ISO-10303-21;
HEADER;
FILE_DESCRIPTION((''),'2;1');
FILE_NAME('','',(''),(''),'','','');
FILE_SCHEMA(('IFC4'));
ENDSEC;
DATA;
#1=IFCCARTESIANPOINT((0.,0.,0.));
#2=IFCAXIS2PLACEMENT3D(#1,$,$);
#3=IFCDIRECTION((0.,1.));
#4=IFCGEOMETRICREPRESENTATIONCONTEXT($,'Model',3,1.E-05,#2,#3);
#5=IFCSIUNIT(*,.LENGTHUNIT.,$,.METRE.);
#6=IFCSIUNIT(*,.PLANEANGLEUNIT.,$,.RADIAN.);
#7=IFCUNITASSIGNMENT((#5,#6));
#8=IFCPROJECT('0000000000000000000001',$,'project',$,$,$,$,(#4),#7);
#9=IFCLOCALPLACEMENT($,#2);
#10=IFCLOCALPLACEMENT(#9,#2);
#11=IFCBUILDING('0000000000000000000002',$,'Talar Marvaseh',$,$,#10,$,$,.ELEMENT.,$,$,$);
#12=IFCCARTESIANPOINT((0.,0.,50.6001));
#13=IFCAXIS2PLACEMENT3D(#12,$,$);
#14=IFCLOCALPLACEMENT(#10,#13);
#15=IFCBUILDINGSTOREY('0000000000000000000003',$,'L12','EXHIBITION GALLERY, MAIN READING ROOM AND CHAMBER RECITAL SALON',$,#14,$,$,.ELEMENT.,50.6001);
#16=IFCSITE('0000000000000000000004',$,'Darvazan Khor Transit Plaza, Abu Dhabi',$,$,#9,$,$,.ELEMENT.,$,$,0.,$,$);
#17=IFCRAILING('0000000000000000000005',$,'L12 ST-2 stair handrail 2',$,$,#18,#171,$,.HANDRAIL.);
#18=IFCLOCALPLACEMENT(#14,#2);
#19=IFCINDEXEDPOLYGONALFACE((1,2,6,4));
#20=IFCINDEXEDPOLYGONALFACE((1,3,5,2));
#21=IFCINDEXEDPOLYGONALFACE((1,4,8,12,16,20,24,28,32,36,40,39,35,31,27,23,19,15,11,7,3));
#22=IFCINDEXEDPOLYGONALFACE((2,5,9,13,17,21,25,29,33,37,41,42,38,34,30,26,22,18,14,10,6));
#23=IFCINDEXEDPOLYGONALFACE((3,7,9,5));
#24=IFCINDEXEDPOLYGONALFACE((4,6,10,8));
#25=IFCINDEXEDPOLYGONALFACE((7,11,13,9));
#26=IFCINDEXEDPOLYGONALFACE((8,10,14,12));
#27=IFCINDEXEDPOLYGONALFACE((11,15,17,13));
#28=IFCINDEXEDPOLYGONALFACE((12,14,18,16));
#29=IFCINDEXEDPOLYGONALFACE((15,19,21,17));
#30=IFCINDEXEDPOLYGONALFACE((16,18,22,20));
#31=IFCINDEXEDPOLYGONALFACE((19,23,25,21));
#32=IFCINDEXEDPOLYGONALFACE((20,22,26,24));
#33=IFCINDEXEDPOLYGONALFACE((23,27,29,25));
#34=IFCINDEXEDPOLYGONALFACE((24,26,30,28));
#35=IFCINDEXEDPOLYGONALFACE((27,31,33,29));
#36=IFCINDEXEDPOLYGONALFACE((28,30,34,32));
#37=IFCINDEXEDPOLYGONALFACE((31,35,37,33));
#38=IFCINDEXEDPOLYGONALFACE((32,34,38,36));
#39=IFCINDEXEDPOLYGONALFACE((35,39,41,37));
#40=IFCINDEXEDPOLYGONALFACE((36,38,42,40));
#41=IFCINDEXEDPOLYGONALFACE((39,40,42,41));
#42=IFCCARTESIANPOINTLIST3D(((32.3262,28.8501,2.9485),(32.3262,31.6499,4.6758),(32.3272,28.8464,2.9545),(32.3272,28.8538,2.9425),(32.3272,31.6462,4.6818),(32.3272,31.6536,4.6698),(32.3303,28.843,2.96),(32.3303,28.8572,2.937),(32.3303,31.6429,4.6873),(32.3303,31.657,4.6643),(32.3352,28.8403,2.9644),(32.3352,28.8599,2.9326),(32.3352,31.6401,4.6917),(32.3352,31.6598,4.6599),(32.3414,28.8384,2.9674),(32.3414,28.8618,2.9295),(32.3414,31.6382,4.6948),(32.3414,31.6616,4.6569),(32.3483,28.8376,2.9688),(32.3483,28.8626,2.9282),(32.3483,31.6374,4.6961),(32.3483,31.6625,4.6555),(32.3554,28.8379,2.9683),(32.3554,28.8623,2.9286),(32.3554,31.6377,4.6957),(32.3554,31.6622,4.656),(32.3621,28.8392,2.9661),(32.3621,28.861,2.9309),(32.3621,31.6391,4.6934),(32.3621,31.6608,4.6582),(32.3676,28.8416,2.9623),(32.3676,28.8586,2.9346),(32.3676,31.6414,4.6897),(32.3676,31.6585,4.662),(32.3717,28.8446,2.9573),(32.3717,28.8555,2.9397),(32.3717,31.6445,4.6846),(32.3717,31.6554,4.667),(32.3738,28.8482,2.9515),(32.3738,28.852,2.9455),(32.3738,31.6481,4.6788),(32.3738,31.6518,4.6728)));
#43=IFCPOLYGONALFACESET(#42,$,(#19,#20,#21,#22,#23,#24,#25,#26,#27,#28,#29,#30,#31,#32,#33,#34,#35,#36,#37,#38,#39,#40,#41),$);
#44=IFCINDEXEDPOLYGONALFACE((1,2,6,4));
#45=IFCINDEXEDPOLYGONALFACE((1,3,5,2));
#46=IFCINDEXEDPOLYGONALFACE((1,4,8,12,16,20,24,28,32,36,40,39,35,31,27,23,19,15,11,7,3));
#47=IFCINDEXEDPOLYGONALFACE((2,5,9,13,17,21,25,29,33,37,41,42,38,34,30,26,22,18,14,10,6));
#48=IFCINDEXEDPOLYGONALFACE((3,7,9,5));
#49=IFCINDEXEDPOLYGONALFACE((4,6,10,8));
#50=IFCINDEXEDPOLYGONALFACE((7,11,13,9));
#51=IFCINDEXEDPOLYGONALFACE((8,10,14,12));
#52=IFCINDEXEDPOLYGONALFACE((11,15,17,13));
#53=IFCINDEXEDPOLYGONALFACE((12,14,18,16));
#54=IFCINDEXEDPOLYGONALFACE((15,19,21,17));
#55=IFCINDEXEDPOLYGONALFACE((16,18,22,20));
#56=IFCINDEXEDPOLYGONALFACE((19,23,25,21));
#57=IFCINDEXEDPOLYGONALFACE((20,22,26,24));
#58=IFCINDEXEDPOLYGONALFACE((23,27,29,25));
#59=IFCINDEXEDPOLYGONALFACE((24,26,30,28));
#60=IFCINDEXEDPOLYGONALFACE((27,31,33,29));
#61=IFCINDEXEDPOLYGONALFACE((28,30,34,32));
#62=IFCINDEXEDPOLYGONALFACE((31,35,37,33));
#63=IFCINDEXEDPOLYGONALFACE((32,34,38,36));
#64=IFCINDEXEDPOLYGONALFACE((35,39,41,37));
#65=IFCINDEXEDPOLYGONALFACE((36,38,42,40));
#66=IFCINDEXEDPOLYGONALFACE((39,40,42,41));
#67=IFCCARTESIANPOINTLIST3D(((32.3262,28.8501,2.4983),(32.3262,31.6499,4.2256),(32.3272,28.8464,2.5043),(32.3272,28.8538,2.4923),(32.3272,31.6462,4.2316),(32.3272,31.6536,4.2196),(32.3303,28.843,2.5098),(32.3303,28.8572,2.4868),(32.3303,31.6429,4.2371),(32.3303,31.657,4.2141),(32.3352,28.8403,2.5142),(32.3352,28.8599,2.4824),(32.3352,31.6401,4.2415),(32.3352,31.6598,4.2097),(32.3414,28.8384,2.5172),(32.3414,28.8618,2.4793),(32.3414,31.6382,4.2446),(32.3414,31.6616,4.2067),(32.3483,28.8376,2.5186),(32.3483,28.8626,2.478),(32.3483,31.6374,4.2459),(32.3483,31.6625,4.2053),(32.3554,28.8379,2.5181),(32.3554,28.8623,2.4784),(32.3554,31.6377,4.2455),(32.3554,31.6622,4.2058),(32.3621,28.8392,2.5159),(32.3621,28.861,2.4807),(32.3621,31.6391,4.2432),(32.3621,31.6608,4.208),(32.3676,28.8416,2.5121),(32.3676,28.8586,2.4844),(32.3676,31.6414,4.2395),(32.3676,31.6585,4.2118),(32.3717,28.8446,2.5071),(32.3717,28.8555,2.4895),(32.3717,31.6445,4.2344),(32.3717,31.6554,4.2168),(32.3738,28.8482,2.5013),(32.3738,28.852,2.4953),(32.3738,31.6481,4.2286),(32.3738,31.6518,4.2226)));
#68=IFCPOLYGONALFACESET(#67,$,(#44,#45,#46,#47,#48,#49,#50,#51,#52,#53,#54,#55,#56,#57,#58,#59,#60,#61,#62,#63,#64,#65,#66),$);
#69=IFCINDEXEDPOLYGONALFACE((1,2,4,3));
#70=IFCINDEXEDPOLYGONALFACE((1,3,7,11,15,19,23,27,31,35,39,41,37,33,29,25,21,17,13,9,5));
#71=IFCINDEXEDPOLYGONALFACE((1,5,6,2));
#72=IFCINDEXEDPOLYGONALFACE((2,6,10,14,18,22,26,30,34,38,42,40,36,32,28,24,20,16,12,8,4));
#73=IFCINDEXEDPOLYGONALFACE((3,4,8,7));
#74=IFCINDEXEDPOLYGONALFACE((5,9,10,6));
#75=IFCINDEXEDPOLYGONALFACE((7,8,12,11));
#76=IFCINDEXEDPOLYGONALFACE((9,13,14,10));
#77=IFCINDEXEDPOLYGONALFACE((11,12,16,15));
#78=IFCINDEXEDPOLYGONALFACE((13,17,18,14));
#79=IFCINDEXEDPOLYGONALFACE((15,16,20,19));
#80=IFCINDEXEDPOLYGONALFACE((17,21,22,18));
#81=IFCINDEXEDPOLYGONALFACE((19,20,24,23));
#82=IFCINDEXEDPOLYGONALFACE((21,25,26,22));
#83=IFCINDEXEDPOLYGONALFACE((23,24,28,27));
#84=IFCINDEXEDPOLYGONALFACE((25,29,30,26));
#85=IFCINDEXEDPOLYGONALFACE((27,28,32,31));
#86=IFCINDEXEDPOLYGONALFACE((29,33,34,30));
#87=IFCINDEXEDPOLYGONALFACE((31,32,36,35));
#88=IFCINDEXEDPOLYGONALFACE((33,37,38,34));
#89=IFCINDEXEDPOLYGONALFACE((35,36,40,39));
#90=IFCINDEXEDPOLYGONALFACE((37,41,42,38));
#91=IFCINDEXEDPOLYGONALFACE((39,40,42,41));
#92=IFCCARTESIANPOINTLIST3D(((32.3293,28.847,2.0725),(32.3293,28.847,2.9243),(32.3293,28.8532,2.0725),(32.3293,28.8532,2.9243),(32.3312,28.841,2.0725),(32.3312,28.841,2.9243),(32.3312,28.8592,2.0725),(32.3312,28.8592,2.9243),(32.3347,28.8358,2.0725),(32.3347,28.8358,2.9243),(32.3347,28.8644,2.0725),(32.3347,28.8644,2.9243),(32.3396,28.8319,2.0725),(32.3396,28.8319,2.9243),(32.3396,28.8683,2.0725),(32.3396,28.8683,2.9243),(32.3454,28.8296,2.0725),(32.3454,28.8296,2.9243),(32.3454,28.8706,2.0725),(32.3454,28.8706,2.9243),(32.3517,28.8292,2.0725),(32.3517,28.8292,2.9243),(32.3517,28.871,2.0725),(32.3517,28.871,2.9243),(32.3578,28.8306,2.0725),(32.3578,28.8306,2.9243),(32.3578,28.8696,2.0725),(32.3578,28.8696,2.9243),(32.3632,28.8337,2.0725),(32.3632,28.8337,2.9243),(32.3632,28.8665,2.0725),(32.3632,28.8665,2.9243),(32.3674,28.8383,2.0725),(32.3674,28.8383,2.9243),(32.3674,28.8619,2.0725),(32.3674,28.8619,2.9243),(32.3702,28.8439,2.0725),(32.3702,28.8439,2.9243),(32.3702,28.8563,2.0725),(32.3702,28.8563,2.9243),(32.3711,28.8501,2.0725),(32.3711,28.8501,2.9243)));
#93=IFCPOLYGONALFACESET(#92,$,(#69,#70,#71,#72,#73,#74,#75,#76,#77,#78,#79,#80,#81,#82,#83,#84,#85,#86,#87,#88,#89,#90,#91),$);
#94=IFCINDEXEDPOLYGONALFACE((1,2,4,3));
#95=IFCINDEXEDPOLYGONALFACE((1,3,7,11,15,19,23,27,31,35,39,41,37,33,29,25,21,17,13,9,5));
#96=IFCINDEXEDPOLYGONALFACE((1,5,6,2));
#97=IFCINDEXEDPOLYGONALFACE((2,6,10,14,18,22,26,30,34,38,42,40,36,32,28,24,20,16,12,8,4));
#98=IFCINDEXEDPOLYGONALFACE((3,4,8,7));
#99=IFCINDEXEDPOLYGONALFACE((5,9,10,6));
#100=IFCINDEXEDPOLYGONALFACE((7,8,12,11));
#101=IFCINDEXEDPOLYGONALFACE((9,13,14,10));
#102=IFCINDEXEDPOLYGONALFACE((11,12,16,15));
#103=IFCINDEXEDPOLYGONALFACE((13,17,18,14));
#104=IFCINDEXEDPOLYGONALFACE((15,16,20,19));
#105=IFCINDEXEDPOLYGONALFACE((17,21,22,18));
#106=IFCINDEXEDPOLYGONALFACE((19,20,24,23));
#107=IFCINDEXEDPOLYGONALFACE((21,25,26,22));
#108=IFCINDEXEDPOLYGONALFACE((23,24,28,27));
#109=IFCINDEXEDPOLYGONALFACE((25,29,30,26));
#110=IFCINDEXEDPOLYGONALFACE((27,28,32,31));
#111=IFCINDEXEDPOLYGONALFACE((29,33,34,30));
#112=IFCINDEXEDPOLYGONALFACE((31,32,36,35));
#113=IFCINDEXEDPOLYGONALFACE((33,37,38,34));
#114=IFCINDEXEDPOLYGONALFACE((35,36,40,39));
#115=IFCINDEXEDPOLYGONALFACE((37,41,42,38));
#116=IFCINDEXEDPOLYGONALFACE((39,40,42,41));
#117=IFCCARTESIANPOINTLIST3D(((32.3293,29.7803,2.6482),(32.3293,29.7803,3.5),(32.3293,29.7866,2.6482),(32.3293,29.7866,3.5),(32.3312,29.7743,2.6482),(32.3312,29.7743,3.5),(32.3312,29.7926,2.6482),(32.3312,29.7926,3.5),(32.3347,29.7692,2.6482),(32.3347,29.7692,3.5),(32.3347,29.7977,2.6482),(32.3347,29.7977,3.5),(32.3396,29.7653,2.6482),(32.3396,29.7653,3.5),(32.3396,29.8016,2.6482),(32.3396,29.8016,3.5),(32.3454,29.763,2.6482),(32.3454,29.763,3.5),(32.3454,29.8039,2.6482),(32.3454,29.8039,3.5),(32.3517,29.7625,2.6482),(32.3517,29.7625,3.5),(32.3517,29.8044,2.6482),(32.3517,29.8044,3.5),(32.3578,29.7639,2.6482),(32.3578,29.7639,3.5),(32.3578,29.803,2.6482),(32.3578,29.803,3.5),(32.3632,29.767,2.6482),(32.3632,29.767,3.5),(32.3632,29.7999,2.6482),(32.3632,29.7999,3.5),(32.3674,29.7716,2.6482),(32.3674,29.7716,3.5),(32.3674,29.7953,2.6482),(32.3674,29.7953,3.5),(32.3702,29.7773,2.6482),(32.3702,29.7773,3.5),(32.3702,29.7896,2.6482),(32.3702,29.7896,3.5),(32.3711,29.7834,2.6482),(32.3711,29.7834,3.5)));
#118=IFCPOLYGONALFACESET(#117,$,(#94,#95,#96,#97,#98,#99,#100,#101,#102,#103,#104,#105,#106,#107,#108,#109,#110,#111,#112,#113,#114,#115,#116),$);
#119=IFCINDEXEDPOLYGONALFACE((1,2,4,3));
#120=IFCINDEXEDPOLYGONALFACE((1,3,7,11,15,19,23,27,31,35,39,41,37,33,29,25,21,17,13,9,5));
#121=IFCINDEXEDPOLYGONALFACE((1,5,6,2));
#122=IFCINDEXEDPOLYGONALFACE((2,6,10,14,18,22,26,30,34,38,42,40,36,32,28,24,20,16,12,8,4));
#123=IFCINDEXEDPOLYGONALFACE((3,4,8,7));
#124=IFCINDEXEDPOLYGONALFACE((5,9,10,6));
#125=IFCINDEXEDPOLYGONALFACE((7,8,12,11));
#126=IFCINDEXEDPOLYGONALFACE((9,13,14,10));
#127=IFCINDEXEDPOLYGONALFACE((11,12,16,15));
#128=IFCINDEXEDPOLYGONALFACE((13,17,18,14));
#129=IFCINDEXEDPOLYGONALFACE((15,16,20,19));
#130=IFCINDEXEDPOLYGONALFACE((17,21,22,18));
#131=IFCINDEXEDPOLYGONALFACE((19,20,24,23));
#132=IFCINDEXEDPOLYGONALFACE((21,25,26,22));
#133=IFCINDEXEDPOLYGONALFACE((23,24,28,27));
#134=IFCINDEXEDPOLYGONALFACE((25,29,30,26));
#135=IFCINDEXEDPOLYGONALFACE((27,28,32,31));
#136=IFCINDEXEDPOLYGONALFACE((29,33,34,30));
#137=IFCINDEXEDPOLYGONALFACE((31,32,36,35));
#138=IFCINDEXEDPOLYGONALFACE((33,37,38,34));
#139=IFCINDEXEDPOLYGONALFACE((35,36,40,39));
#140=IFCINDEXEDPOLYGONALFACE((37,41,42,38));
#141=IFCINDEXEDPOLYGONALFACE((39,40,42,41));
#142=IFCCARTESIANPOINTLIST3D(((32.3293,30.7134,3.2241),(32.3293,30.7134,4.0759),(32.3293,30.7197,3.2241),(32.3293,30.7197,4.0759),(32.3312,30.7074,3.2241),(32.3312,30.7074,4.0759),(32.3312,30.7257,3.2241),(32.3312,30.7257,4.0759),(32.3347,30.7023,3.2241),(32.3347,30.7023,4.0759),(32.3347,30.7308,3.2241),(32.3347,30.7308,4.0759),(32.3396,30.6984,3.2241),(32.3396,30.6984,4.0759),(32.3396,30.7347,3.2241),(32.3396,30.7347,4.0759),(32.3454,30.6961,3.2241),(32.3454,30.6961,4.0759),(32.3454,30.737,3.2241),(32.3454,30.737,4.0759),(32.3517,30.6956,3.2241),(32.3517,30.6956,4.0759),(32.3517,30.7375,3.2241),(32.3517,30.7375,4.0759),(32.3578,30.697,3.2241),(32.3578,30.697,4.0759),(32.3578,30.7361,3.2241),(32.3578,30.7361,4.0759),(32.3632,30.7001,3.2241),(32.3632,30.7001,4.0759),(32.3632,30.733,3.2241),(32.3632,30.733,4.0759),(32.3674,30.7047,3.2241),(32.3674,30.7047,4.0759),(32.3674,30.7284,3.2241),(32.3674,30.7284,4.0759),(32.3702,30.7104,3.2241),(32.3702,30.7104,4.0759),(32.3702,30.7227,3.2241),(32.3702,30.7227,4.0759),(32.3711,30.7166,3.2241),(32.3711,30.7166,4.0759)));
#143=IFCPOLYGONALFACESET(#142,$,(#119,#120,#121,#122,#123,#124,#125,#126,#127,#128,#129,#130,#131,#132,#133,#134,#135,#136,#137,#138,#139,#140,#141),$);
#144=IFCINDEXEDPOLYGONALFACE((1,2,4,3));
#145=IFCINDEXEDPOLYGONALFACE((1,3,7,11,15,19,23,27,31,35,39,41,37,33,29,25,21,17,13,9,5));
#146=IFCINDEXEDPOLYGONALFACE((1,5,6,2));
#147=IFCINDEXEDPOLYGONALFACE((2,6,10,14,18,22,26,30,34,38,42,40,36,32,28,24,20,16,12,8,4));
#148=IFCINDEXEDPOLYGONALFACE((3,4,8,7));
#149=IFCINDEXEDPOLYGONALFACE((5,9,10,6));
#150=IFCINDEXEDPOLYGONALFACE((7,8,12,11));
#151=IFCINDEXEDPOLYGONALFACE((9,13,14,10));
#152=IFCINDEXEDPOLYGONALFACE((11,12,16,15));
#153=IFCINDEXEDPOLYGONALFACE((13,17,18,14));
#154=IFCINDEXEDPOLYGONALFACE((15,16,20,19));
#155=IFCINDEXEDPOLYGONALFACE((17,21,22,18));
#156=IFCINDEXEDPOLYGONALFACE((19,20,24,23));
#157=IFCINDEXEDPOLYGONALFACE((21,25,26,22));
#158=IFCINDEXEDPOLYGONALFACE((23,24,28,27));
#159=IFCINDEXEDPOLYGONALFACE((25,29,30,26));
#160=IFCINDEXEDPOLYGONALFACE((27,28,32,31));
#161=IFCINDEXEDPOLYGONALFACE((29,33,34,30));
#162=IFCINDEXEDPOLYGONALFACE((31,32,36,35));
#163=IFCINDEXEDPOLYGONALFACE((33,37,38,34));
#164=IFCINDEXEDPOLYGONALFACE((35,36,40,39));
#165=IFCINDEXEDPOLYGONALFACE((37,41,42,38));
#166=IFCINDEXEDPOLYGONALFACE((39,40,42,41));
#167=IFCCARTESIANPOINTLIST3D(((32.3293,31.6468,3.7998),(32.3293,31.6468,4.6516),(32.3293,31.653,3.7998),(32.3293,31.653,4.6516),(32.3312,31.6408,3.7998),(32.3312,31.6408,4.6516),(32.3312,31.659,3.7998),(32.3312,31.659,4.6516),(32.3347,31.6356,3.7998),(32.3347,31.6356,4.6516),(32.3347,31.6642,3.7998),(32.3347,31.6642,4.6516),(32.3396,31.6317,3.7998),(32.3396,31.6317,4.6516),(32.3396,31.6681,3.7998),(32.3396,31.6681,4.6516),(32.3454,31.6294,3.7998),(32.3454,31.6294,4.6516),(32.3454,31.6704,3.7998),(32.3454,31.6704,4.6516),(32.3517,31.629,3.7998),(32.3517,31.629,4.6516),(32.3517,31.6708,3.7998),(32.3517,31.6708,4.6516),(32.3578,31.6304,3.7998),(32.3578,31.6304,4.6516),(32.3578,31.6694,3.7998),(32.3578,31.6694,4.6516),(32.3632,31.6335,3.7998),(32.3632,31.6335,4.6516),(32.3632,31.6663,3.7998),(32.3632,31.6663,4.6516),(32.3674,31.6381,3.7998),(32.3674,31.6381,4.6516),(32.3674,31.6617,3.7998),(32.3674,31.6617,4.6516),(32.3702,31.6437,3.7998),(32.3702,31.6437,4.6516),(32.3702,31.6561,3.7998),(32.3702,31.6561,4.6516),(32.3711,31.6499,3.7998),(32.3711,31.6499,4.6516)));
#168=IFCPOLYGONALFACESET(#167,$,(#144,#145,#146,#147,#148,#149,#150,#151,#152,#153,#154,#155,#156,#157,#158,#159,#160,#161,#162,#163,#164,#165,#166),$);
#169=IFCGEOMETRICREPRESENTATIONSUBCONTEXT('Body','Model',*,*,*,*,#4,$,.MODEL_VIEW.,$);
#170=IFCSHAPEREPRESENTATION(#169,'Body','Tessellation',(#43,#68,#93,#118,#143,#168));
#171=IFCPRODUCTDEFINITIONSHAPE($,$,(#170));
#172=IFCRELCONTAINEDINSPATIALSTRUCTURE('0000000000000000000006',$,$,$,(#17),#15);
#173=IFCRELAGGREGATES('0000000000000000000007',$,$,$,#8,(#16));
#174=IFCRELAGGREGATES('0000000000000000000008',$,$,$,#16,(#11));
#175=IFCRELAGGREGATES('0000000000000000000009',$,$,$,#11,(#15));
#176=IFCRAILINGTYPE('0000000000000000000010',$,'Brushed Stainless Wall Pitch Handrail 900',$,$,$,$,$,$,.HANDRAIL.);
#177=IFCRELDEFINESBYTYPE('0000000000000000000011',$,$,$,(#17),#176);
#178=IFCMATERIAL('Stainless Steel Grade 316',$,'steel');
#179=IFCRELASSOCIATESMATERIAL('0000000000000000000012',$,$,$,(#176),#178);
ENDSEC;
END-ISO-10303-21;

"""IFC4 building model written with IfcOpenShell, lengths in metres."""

from ifc_helpers import new_model, si_unit, direction, frame, origin, origin_2d, place, context, subcontext, project, spatial, circle, extrude, material, type_object, element, save


model = new_model("IFC4")

# Units and contexts
model_context = context("Model", 3, precision=1e-05, world=origin(), true_north=direction((0.0, 1.0)))
body_context = subcontext(model_context, "Body", "Model", "MODEL_VIEW")
ifc_project = project(units=[si_unit("LENGTHUNIT", "METRE"), si_unit("PLANEANGLEUNIT", "RADIAN")], contexts=[model_context])

# Site, building, storey
site_placement = place(None, origin())
site = spatial("IfcSite", under=ifc_project, at=site_placement, Name="Darvazan Khor Transit Plaza, Abu Dhabi", CompositionType="ELEMENT", RefElevation=0.0)
building_placement = place(site_placement, origin())
building = spatial("IfcBuilding", under=site, at=building_placement, Name="Talar Marvaseh", CompositionType="ELEMENT")
storey_placement = place(building_placement, frame((0.0, 0.0, 50.6001)))
storey = spatial("IfcBuildingStorey", under=building, at=storey_placement, Name="L12", Description="EXHIBITION GALLERY, MAIN READING ROOM AND CHAMBER RECITAL SALON", CompositionType="ELEMENT", Elevation=50.6001)

# Railing
ifc_material_1 = material(Name="Stainless Steel Grade 316", Category="steel")
railing_type_1 = type_object("IfcRailingType", Name="Brushed Stainless Wall Pitch Handrail 900", PredefinedType="HANDRAIL", material=ifc_material_1)
railing_1_placement = place(storey_placement, frame((32.3501, 28.8501, 2.0725)))
element("IfcRailing", 1, at=railing_1_placement, inside=storey, type_object=railing_type_1, Name="L12 ST-2 stair handrail 2", PredefinedType="HANDRAIL", context=body_context, shape_type="SweptSolid", body=[
    extrude(circle(Radius=0.0239, at=origin_2d()), frame((0.0, 0.0, 0.876), z_axis=(0.0, 0.851069, 0.525054), x_axis=(-1.0, 0.0, 0.0)), (0.0, 0.0, 1.0), 3.2898),
    extrude(circle(Radius=0.0239, at=origin_2d()), frame((0.0, 0.0, 0.4258), z_axis=(0.0, 0.851069, 0.525054), x_axis=(-1.0, 0.0, 0.0)), (0.0, 0.0, 1.0), 3.2898),
    extrude(circle(Radius=0.021, at=origin_2d()), origin(), (0.0, 0.0, 1.0), 0.8518),
    extrude(circle(Radius=0.021, at=origin_2d()), frame((0.0, 0.9333, 0.5757)), (0.0, 0.0, 1.0), 0.8518),
    extrude(circle(Radius=0.021, at=origin_2d()), frame((0.0, 1.8665, 1.1516)), (0.0, 0.0, 1.0), 0.8518),
    extrude(circle(Radius=0.021, at=origin_2d()), frame((0.0, 2.7998, 1.7273)), (0.0, 0.0, 1.0), 0.8518),
])

save(model, "model.ifc")
